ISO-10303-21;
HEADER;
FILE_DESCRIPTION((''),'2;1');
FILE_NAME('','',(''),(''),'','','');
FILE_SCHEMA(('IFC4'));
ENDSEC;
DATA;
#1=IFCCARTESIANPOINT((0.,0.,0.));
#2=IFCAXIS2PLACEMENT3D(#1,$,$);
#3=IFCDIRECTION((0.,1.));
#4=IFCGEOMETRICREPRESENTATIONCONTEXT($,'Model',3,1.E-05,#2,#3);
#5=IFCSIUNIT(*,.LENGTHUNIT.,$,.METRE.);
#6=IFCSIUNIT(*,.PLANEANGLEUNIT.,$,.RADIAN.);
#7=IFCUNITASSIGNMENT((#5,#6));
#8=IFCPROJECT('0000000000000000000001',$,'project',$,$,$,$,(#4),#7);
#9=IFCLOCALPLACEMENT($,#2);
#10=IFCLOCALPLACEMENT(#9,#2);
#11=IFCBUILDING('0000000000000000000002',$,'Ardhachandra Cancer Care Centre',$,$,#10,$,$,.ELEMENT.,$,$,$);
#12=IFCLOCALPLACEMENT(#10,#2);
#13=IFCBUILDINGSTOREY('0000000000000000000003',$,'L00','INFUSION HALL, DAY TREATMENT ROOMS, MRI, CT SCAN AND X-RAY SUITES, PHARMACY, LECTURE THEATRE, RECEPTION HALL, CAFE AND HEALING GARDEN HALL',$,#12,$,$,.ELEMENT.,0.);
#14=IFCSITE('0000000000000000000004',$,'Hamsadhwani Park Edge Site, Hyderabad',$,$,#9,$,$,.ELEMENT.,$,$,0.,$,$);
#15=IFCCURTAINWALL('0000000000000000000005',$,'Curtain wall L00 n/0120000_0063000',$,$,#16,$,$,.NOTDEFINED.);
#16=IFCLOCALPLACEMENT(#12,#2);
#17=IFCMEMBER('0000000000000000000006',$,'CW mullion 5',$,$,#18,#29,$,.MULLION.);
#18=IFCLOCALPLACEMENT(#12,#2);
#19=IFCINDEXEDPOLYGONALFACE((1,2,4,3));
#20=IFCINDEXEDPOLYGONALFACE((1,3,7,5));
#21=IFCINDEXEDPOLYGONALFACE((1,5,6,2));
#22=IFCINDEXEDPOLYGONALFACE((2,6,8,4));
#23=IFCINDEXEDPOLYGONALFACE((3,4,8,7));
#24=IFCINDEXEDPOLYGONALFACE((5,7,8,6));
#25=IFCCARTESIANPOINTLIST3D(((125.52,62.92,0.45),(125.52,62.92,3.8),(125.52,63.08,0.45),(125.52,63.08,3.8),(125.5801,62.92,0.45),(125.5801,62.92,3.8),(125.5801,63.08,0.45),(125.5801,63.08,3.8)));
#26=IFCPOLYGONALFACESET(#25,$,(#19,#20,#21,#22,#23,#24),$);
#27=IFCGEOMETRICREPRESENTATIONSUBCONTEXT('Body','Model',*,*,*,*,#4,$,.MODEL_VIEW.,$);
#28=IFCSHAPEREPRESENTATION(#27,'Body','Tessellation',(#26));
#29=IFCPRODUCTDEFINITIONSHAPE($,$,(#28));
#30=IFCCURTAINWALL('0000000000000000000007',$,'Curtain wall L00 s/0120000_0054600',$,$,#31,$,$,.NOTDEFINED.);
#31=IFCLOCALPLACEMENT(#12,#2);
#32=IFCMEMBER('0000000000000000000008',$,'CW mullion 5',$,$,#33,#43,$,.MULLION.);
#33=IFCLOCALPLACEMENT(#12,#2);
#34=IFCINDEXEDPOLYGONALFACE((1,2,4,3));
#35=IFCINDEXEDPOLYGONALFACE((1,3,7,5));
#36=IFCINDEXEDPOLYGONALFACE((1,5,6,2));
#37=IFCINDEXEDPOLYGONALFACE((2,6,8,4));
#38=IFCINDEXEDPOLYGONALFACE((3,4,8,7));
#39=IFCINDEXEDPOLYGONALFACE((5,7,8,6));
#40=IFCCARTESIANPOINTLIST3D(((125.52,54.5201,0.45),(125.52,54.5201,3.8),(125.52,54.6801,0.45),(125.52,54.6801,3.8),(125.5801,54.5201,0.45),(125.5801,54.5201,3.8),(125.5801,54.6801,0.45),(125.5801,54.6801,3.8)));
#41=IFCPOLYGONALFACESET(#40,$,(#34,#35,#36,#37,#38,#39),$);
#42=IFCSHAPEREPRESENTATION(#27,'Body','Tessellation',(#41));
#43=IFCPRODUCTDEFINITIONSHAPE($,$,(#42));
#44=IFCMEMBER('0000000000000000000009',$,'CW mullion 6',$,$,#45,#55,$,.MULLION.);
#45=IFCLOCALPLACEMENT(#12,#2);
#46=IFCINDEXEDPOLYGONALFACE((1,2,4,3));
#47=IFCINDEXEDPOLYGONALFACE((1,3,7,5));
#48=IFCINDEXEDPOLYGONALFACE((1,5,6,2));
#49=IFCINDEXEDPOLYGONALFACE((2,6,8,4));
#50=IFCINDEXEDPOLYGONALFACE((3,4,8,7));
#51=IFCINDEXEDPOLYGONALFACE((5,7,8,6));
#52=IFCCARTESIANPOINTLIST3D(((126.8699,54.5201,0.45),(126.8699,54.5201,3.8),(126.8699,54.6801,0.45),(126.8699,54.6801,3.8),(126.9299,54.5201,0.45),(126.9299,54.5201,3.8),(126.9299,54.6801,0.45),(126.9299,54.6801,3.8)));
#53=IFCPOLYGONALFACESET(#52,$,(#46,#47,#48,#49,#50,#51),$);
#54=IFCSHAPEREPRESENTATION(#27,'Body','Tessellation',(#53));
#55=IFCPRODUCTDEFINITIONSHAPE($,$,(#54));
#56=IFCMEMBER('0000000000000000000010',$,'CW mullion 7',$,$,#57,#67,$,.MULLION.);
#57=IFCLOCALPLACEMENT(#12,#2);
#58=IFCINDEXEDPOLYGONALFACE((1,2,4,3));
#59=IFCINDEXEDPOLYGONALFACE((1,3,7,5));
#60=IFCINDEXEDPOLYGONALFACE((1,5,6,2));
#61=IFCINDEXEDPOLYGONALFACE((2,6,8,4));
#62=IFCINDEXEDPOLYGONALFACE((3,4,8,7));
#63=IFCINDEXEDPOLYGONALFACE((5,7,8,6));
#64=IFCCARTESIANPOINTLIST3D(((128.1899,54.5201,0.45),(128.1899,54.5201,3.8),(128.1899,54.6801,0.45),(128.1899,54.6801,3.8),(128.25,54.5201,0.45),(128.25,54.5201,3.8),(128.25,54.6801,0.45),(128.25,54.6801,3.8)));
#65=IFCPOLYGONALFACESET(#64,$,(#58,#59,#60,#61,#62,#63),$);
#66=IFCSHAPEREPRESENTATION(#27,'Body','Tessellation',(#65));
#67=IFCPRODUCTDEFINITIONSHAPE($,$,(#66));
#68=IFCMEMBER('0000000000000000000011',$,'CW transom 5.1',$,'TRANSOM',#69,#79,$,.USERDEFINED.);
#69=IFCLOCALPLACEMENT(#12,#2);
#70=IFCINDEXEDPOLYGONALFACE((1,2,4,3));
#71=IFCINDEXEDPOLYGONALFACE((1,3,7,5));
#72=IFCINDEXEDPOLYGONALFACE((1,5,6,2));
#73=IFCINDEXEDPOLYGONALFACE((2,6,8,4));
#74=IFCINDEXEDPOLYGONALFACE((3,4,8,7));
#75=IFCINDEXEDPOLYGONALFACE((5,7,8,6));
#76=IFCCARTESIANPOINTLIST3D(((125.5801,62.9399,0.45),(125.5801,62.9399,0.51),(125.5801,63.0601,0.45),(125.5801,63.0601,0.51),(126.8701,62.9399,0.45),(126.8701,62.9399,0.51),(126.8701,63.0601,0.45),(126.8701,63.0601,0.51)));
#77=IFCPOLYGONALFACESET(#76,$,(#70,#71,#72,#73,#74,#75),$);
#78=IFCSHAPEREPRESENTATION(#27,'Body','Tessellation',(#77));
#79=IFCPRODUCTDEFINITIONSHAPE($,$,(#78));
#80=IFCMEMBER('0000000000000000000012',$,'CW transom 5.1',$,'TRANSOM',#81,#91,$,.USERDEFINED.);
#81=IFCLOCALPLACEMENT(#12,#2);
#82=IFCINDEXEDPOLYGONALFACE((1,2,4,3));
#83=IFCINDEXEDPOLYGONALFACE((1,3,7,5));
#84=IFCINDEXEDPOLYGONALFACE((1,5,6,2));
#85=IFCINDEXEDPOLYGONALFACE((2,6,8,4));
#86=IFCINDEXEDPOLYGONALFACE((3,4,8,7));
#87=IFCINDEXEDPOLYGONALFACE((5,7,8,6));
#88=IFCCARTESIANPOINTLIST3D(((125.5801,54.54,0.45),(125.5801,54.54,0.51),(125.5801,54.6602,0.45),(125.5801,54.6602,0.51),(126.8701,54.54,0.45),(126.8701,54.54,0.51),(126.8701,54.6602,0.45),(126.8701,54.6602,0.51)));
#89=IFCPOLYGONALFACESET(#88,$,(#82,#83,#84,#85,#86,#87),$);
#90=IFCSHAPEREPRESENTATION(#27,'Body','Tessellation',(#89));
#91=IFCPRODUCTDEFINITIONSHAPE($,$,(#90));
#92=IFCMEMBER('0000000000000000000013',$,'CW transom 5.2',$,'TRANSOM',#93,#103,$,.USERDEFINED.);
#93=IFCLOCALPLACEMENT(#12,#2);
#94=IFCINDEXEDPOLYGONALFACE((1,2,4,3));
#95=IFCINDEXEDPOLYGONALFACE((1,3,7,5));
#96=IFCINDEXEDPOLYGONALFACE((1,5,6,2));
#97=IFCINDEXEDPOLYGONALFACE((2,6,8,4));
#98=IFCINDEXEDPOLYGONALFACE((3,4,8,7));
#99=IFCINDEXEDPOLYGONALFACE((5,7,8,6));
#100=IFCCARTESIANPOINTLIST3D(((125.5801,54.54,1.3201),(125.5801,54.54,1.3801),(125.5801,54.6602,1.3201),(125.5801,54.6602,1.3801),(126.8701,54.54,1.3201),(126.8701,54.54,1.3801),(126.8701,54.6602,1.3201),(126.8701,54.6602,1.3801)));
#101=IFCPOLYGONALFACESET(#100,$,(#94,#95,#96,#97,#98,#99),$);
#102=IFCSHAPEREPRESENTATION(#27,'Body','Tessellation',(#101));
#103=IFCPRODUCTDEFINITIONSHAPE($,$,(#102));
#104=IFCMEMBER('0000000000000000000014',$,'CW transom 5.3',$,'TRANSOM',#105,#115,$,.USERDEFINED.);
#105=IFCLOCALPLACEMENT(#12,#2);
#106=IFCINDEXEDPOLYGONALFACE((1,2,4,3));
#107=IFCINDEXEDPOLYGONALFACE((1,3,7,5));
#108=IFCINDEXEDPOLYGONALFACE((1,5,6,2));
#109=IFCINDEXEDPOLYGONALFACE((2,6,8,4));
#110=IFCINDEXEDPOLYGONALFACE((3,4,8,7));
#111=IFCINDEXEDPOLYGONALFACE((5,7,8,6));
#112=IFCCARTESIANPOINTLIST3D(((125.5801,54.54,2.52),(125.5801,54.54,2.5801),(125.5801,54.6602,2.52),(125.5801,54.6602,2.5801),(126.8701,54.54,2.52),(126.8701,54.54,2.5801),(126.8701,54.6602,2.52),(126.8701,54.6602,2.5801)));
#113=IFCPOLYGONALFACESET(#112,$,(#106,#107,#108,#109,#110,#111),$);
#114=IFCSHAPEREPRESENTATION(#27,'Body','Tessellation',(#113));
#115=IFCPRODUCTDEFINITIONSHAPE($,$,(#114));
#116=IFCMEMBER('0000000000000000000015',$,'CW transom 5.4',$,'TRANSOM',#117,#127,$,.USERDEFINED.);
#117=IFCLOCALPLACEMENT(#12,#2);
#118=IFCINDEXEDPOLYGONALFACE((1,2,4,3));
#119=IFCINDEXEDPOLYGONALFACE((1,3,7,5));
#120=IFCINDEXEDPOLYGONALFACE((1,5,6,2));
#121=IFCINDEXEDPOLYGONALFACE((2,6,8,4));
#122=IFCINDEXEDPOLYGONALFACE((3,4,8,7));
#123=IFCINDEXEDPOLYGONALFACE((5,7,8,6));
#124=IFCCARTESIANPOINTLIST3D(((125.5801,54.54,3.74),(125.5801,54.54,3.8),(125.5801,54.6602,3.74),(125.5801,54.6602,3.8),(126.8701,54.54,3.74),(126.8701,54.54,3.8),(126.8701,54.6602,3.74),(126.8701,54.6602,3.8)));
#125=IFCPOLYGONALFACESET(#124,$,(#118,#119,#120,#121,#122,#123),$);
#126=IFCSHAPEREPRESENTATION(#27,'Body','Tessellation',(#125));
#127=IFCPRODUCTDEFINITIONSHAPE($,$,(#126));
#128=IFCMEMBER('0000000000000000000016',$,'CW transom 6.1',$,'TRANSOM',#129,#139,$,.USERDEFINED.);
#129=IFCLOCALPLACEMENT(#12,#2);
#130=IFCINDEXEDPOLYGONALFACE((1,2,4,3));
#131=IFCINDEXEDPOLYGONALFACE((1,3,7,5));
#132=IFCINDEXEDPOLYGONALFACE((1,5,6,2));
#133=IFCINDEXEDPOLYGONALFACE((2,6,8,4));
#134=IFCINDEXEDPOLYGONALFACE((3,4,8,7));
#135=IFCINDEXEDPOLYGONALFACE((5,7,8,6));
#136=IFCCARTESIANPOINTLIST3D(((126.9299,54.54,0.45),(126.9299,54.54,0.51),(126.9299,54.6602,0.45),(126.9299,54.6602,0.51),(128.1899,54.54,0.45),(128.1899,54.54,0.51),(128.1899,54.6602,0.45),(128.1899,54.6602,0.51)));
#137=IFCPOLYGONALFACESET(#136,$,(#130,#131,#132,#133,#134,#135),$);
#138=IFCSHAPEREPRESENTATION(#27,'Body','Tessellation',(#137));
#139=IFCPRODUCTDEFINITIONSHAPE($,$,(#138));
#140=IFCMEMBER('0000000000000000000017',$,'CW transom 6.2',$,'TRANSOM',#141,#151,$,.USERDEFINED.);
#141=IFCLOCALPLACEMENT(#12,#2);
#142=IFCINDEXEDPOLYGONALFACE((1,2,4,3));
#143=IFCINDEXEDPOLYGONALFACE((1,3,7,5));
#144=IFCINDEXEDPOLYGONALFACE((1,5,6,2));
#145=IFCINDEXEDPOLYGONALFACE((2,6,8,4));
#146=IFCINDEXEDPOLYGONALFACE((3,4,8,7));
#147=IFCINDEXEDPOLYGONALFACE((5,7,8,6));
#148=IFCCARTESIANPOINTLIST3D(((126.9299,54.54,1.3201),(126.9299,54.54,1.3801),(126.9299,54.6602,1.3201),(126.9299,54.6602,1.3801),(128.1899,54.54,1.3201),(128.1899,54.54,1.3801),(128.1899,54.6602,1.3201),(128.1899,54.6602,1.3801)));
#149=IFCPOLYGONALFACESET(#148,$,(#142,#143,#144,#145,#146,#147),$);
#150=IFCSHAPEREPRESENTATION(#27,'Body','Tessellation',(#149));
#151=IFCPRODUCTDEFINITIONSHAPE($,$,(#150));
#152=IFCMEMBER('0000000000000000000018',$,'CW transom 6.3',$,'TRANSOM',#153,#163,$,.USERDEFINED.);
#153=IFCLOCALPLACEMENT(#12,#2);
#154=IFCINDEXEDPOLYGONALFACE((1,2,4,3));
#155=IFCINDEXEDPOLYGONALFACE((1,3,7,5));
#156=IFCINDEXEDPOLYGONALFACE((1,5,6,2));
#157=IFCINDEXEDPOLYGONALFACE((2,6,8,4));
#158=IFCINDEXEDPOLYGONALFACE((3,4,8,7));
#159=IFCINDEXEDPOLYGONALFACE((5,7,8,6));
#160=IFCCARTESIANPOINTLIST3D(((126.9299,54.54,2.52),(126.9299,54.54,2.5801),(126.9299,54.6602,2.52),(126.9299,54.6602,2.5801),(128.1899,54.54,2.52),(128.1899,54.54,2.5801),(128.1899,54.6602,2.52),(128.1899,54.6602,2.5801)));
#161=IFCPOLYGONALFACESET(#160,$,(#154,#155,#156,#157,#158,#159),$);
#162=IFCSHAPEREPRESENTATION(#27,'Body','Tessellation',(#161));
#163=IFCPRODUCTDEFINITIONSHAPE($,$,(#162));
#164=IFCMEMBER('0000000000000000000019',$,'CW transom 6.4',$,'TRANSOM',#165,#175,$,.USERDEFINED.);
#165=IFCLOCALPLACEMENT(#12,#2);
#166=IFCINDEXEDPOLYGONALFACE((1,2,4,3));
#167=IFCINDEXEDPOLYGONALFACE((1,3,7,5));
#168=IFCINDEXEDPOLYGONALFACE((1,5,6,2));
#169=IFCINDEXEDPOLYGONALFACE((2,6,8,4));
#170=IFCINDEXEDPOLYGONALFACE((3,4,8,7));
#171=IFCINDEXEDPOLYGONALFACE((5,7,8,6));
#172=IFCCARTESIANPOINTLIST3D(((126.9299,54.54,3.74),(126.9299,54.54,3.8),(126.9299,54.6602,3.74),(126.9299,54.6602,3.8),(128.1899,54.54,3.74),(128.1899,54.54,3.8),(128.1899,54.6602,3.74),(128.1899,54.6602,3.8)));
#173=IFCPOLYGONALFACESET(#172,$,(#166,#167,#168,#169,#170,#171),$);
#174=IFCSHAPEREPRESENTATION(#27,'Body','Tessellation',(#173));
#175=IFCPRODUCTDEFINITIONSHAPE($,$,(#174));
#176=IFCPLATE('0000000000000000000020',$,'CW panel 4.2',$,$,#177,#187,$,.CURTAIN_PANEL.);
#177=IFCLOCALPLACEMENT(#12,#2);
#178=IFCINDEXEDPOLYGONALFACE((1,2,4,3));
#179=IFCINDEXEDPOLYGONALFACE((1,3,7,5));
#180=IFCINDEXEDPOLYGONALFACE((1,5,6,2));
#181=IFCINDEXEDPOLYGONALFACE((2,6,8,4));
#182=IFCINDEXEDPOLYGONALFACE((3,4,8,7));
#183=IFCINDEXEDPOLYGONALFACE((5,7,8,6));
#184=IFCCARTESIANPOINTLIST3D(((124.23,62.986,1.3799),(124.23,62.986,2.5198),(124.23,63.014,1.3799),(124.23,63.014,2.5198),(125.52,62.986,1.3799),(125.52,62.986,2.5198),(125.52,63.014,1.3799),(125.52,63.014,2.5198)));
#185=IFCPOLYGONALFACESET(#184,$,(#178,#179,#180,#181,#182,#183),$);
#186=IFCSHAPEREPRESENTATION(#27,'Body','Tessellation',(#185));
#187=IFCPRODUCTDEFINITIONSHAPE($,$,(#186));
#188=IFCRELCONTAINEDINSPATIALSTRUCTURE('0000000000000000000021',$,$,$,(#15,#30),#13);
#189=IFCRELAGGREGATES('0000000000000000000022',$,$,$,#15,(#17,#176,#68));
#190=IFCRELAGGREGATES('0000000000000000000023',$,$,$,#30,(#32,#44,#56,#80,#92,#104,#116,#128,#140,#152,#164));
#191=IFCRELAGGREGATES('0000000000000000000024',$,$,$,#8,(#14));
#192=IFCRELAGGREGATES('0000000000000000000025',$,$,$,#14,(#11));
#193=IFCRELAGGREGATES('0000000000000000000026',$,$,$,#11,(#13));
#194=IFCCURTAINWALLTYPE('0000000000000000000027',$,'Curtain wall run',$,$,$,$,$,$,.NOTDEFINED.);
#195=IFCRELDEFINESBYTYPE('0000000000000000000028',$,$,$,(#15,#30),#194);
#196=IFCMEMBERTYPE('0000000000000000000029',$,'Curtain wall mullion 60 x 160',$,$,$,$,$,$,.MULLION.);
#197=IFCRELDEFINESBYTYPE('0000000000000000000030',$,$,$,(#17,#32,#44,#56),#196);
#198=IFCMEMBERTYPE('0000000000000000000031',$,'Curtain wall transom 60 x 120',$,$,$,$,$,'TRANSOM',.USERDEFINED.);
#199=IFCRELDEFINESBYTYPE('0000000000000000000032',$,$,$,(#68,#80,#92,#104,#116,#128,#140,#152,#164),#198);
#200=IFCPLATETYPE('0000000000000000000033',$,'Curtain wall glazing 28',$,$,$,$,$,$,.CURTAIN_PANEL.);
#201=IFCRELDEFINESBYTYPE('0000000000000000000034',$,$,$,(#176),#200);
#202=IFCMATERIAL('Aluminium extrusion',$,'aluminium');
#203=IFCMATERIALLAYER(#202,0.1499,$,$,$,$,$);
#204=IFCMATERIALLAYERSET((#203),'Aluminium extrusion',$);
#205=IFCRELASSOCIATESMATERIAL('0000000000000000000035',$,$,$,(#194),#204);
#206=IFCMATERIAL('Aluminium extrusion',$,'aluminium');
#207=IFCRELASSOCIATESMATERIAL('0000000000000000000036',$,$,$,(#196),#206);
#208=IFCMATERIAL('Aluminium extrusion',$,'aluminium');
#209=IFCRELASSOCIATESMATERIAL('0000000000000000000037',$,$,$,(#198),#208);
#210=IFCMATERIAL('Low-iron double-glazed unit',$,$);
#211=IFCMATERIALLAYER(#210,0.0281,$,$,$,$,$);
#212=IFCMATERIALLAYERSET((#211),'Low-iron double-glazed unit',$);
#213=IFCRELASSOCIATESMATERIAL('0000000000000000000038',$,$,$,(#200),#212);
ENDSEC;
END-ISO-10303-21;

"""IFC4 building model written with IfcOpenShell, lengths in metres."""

from ifc_helpers import new_model, si_unit, direction, frame, origin, origin_2d, place, context, subcontext, project, spatial, rectangle, extrude, material, layer, layer_set, material_profile, profile_set, type_object, element, aggregate, save


model = new_model("IFC4")

# Units and contexts
model_context = context("Model", 3, precision=1e-05, world=origin(), true_north=direction((0.0, 1.0)))
body_context = subcontext(model_context, "Body", "Model", "MODEL_VIEW")
ifc_project = project(units=[si_unit("LENGTHUNIT", "METRE"), si_unit("PLANEANGLEUNIT", "RADIAN")], contexts=[model_context])

# Site, building, storey
site_placement = place(None, origin())
site = spatial("IfcSite", under=ifc_project, at=site_placement, Name="Hamsadhwani Park Edge Site, Hyderabad", CompositionType="ELEMENT", RefElevation=0.0)
building_placement = place(site_placement, origin())
building = spatial("IfcBuilding", under=site, at=building_placement, Name="Ardhachandra Cancer Care Centre", CompositionType="ELEMENT")
storey_placement = place(building_placement, origin())
storey = spatial("IfcBuildingStorey", under=building, at=storey_placement, Name="L00", Description="INFUSION HALL, DAY TREATMENT ROOMS, MRI, CT SCAN AND X-RAY SUITES, PHARMACY, LECTURE THEATRE, RECEPTION HALL, CAFE AND HEALING GARDEN HALL", CompositionType="ELEMENT", Elevation=0.0)

# Curtain wall, member
ifc_material_1 = material(Name="Aluminium extrusion", Category="aluminium")
ifc_layer_1 = layer(ifc_material_1, 0.1499)
ifc_layer_set_1 = layer_set([ifc_layer_1], Name="Aluminium extrusion")
curtain_wall_type = type_object("IfcCurtainWallType", Name="Curtain wall run", PredefinedType="NOTDEFINED", material=ifc_layer_set_1)
curtain_wall_1_placement = place(storey_placement, origin())
curtain_wall_1 = element("IfcCurtainWall", 1, at=curtain_wall_1_placement, inside=storey, type_object=curtain_wall_type, Name="Curtain wall L00 n/0120000_0063000", PredefinedType="NOTDEFINED")
ifc_material_2 = material(Name="Aluminium extrusion", Category="aluminium")
ifc_material_profile_1 = material_profile(ifc_material_2, rectangle(XDim=0.1599, YDim=0.0601, at=origin_2d()), Name="Curtain wall mullion 60 x 160")
ifc_profile_set_1 = profile_set([ifc_material_profile_1], Name="Aluminium extrusion")
member_type_1 = type_object("IfcMemberType", Name="Curtain wall mullion 60 x 160", PredefinedType="MULLION", material=ifc_profile_set_1)
member_1_placement = place(storey_placement, frame((125.55, 63.0, 0.45), z_axis=(0.0, 0.0, 1.0), x_axis=(0.0, 1.0, 0.0)))
member_1 = element("IfcMember", 2, at=member_1_placement, type_object=member_type_1, Name="CW mullion 5", PredefinedType="MULLION", context=body_context, shape_type="SweptSolid", body=[
    extrude(rectangle(XDim=0.1599, YDim=0.0601, at=origin_2d()), origin(), (0.0, 0.0, 1.0), 3.3501),
])

# Curtain wall, members
curtain_wall_2_placement = place(storey_placement, origin())
curtain_wall_2 = element("IfcCurtainWall", 3, at=curtain_wall_2_placement, inside=storey, type_object=curtain_wall_type, Name="Curtain wall L00 s/0120000_0054600", PredefinedType="NOTDEFINED")
member_2_placement = place(storey_placement, frame((125.55, 54.6001, 0.45), z_axis=(0.0, 0.0, 1.0), x_axis=(0.0, 1.0, 0.0)))
member_2 = element("IfcMember", 4, at=member_2_placement, type_object=member_type_1, Name="CW mullion 5", PredefinedType="MULLION", context=body_context, shape_type="SweptSolid", body=[
    extrude(rectangle(XDim=0.1599, YDim=0.0601, at=origin_2d()), origin(), (0.0, 0.0, 1.0), 3.3501),
])
member_3_placement = place(storey_placement, frame((126.8999, 54.6001, 0.45), z_axis=(0.0, 0.0, 1.0), x_axis=(0.0, 1.0, 0.0)))
member_3 = element("IfcMember", 5, at=member_3_placement, type_object=member_type_1, Name="CW mullion 6", PredefinedType="MULLION", context=body_context, shape_type="SweptSolid", body=[
    extrude(rectangle(XDim=0.1599, YDim=0.0601, at=origin_2d()), origin(), (0.0, 0.0, 1.0), 3.3501),
])
member_4_placement = place(storey_placement, frame((128.22, 54.6001, 0.45), z_axis=(0.0, 0.0, 1.0), x_axis=(0.0, 1.0, 0.0)))
member_4 = element("IfcMember", 6, at=member_4_placement, type_object=member_type_1, Name="CW mullion 7", PredefinedType="MULLION", context=body_context, shape_type="SweptSolid", body=[
    extrude(rectangle(XDim=0.1599, YDim=0.0601, at=origin_2d()), origin(), (0.0, 0.0, 1.0), 3.3501),
])

# Members
ifc_material_3 = material(Name="Aluminium extrusion", Category="aluminium")
ifc_material_profile_2 = material_profile(ifc_material_3, rectangle(XDim=0.1201, YDim=0.0601, at=origin_2d()), Name="Curtain wall transom 60 x 120")
ifc_profile_set_2 = profile_set([ifc_material_profile_2], Name="Aluminium extrusion")
member_type_2 = type_object("IfcMemberType", Name="Curtain wall transom 60 x 120", ElementType="TRANSOM", PredefinedType="USERDEFINED", material=ifc_profile_set_2)
member_5_placement = place(storey_placement, frame((125.5801, 63.0, 0.48), z_axis=(1.0, 0.0, 0.0), x_axis=(0.0, 1.0, 0.0)))
member_5 = element("IfcMember", 7, at=member_5_placement, type_object=member_type_2, Name="CW transom 5.1", ObjectType="TRANSOM", PredefinedType="USERDEFINED", context=body_context, shape_type="SweptSolid", body=[
    extrude(rectangle(XDim=0.1201, YDim=0.0601, at=origin_2d()), origin(), (0.0, 0.0, 1.0), 1.29),
])
member_6_placement = place(storey_placement, frame((125.5801, 54.6001, 0.48), z_axis=(1.0, 0.0, 0.0), x_axis=(0.0, 1.0, 0.0)))
member_6 = element("IfcMember", 8, at=member_6_placement, type_object=member_type_2, Name="CW transom 5.1", ObjectType="TRANSOM", PredefinedType="USERDEFINED", context=body_context, shape_type="SweptSolid", body=[
    extrude(rectangle(XDim=0.1201, YDim=0.0601, at=origin_2d()), origin(), (0.0, 0.0, 1.0), 1.29),
])
member_7_placement = place(storey_placement, frame((125.5801, 54.6001, 1.3501), z_axis=(1.0, 0.0, 0.0), x_axis=(0.0, 1.0, 0.0)))
member_7 = element("IfcMember", 9, at=member_7_placement, type_object=member_type_2, Name="CW transom 5.2", ObjectType="TRANSOM", PredefinedType="USERDEFINED", context=body_context, shape_type="SweptSolid", body=[
    extrude(rectangle(XDim=0.1201, YDim=0.0601, at=origin_2d()), origin(), (0.0, 0.0, 1.0), 1.29),
])
member_8_placement = place(storey_placement, frame((125.5801, 54.6001, 2.55), z_axis=(1.0, 0.0, 0.0), x_axis=(0.0, 1.0, 0.0)))
member_8 = element("IfcMember", 10, at=member_8_placement, type_object=member_type_2, Name="CW transom 5.3", ObjectType="TRANSOM", PredefinedType="USERDEFINED", context=body_context, shape_type="SweptSolid", body=[
    extrude(rectangle(XDim=0.1201, YDim=0.0601, at=origin_2d()), origin(), (0.0, 0.0, 1.0), 1.29),
])
member_9_placement = place(storey_placement, frame((125.5801, 54.6001, 3.77), z_axis=(1.0, 0.0, 0.0), x_axis=(0.0, 1.0, 0.0)))
member_9 = element("IfcMember", 11, at=member_9_placement, type_object=member_type_2, Name="CW transom 5.4", ObjectType="TRANSOM", PredefinedType="USERDEFINED", context=body_context, shape_type="SweptSolid", body=[
    extrude(rectangle(XDim=0.1201, YDim=0.0601, at=origin_2d()), origin(), (0.0, 0.0, 1.0), 1.29),
])
member_10_placement = place(storey_placement, frame((126.9299, 54.6001, 0.48), z_axis=(1.0, 0.0, 0.0), x_axis=(0.0, 1.0, 0.0)))
member_10 = element("IfcMember", 12, at=member_10_placement, type_object=member_type_2, Name="CW transom 6.1", ObjectType="TRANSOM", PredefinedType="USERDEFINED", context=body_context, shape_type="SweptSolid", body=[
    extrude(rectangle(XDim=0.1201, YDim=0.0601, at=origin_2d()), origin(), (0.0, 0.0, 1.0), 1.26),
])
member_11_placement = place(storey_placement, frame((126.9299, 54.6001, 1.3501), z_axis=(1.0, 0.0, 0.0), x_axis=(0.0, 1.0, 0.0)))
member_11 = element("IfcMember", 13, at=member_11_placement, type_object=member_type_2, Name="CW transom 6.2", ObjectType="TRANSOM", PredefinedType="USERDEFINED", context=body_context, shape_type="SweptSolid", body=[
    extrude(rectangle(XDim=0.1201, YDim=0.0601, at=origin_2d()), origin(), (0.0, 0.0, 1.0), 1.26),
])
member_12_placement = place(storey_placement, frame((126.9299, 54.6001, 2.55), z_axis=(1.0, 0.0, 0.0), x_axis=(0.0, 1.0, 0.0)))
member_12 = element("IfcMember", 14, at=member_12_placement, type_object=member_type_2, Name="CW transom 6.3", ObjectType="TRANSOM", PredefinedType="USERDEFINED", context=body_context, shape_type="SweptSolid", body=[
    extrude(rectangle(XDim=0.1201, YDim=0.0601, at=origin_2d()), origin(), (0.0, 0.0, 1.0), 1.26),
])
member_13_placement = place(storey_placement, frame((126.9299, 54.6001, 3.77), z_axis=(1.0, 0.0, 0.0), x_axis=(0.0, 1.0, 0.0)))
member_13 = element("IfcMember", 15, at=member_13_placement, type_object=member_type_2, Name="CW transom 6.4", ObjectType="TRANSOM", PredefinedType="USERDEFINED", context=body_context, shape_type="SweptSolid", body=[
    extrude(rectangle(XDim=0.1201, YDim=0.0601, at=origin_2d()), origin(), (0.0, 0.0, 1.0), 1.26),
])

# Plate
ifc_material_4 = material(Name="Low-iron double-glazed unit")
ifc_layer_2 = layer(ifc_material_4, 0.0281)
ifc_layer_set_2 = layer_set([ifc_layer_2], Name="Low-iron double-glazed unit")
plate_type_1 = type_object("IfcPlateType", Name="Curtain wall glazing 28", PredefinedType="CURTAIN_PANEL", material=ifc_layer_set_2)
plate_1_placement = place(storey_placement, frame((124.875, 63.0, 1.3799), z_axis=(0.0, 0.0, 1.0), x_axis=(1.0, 0.0, 0.0)))
plate_1 = element("IfcPlate", 16, at=plate_1_placement, type_object=plate_type_1, Name="CW panel 4.2", PredefinedType="CURTAIN_PANEL", context=body_context, shape_type="SweptSolid", body=[
    extrude(rectangle(XDim=1.29, YDim=0.0281, at=origin_2d()), origin(), (0.0, 0.0, 1.0), 1.1399),
])
aggregate(curtain_wall_1, [member_1, plate_1, member_5])
aggregate(curtain_wall_2, [member_2, member_3, member_4, member_6, member_7, member_8, member_9, member_10, member_11, member_12, member_13])

save(model, "model.ifc")
